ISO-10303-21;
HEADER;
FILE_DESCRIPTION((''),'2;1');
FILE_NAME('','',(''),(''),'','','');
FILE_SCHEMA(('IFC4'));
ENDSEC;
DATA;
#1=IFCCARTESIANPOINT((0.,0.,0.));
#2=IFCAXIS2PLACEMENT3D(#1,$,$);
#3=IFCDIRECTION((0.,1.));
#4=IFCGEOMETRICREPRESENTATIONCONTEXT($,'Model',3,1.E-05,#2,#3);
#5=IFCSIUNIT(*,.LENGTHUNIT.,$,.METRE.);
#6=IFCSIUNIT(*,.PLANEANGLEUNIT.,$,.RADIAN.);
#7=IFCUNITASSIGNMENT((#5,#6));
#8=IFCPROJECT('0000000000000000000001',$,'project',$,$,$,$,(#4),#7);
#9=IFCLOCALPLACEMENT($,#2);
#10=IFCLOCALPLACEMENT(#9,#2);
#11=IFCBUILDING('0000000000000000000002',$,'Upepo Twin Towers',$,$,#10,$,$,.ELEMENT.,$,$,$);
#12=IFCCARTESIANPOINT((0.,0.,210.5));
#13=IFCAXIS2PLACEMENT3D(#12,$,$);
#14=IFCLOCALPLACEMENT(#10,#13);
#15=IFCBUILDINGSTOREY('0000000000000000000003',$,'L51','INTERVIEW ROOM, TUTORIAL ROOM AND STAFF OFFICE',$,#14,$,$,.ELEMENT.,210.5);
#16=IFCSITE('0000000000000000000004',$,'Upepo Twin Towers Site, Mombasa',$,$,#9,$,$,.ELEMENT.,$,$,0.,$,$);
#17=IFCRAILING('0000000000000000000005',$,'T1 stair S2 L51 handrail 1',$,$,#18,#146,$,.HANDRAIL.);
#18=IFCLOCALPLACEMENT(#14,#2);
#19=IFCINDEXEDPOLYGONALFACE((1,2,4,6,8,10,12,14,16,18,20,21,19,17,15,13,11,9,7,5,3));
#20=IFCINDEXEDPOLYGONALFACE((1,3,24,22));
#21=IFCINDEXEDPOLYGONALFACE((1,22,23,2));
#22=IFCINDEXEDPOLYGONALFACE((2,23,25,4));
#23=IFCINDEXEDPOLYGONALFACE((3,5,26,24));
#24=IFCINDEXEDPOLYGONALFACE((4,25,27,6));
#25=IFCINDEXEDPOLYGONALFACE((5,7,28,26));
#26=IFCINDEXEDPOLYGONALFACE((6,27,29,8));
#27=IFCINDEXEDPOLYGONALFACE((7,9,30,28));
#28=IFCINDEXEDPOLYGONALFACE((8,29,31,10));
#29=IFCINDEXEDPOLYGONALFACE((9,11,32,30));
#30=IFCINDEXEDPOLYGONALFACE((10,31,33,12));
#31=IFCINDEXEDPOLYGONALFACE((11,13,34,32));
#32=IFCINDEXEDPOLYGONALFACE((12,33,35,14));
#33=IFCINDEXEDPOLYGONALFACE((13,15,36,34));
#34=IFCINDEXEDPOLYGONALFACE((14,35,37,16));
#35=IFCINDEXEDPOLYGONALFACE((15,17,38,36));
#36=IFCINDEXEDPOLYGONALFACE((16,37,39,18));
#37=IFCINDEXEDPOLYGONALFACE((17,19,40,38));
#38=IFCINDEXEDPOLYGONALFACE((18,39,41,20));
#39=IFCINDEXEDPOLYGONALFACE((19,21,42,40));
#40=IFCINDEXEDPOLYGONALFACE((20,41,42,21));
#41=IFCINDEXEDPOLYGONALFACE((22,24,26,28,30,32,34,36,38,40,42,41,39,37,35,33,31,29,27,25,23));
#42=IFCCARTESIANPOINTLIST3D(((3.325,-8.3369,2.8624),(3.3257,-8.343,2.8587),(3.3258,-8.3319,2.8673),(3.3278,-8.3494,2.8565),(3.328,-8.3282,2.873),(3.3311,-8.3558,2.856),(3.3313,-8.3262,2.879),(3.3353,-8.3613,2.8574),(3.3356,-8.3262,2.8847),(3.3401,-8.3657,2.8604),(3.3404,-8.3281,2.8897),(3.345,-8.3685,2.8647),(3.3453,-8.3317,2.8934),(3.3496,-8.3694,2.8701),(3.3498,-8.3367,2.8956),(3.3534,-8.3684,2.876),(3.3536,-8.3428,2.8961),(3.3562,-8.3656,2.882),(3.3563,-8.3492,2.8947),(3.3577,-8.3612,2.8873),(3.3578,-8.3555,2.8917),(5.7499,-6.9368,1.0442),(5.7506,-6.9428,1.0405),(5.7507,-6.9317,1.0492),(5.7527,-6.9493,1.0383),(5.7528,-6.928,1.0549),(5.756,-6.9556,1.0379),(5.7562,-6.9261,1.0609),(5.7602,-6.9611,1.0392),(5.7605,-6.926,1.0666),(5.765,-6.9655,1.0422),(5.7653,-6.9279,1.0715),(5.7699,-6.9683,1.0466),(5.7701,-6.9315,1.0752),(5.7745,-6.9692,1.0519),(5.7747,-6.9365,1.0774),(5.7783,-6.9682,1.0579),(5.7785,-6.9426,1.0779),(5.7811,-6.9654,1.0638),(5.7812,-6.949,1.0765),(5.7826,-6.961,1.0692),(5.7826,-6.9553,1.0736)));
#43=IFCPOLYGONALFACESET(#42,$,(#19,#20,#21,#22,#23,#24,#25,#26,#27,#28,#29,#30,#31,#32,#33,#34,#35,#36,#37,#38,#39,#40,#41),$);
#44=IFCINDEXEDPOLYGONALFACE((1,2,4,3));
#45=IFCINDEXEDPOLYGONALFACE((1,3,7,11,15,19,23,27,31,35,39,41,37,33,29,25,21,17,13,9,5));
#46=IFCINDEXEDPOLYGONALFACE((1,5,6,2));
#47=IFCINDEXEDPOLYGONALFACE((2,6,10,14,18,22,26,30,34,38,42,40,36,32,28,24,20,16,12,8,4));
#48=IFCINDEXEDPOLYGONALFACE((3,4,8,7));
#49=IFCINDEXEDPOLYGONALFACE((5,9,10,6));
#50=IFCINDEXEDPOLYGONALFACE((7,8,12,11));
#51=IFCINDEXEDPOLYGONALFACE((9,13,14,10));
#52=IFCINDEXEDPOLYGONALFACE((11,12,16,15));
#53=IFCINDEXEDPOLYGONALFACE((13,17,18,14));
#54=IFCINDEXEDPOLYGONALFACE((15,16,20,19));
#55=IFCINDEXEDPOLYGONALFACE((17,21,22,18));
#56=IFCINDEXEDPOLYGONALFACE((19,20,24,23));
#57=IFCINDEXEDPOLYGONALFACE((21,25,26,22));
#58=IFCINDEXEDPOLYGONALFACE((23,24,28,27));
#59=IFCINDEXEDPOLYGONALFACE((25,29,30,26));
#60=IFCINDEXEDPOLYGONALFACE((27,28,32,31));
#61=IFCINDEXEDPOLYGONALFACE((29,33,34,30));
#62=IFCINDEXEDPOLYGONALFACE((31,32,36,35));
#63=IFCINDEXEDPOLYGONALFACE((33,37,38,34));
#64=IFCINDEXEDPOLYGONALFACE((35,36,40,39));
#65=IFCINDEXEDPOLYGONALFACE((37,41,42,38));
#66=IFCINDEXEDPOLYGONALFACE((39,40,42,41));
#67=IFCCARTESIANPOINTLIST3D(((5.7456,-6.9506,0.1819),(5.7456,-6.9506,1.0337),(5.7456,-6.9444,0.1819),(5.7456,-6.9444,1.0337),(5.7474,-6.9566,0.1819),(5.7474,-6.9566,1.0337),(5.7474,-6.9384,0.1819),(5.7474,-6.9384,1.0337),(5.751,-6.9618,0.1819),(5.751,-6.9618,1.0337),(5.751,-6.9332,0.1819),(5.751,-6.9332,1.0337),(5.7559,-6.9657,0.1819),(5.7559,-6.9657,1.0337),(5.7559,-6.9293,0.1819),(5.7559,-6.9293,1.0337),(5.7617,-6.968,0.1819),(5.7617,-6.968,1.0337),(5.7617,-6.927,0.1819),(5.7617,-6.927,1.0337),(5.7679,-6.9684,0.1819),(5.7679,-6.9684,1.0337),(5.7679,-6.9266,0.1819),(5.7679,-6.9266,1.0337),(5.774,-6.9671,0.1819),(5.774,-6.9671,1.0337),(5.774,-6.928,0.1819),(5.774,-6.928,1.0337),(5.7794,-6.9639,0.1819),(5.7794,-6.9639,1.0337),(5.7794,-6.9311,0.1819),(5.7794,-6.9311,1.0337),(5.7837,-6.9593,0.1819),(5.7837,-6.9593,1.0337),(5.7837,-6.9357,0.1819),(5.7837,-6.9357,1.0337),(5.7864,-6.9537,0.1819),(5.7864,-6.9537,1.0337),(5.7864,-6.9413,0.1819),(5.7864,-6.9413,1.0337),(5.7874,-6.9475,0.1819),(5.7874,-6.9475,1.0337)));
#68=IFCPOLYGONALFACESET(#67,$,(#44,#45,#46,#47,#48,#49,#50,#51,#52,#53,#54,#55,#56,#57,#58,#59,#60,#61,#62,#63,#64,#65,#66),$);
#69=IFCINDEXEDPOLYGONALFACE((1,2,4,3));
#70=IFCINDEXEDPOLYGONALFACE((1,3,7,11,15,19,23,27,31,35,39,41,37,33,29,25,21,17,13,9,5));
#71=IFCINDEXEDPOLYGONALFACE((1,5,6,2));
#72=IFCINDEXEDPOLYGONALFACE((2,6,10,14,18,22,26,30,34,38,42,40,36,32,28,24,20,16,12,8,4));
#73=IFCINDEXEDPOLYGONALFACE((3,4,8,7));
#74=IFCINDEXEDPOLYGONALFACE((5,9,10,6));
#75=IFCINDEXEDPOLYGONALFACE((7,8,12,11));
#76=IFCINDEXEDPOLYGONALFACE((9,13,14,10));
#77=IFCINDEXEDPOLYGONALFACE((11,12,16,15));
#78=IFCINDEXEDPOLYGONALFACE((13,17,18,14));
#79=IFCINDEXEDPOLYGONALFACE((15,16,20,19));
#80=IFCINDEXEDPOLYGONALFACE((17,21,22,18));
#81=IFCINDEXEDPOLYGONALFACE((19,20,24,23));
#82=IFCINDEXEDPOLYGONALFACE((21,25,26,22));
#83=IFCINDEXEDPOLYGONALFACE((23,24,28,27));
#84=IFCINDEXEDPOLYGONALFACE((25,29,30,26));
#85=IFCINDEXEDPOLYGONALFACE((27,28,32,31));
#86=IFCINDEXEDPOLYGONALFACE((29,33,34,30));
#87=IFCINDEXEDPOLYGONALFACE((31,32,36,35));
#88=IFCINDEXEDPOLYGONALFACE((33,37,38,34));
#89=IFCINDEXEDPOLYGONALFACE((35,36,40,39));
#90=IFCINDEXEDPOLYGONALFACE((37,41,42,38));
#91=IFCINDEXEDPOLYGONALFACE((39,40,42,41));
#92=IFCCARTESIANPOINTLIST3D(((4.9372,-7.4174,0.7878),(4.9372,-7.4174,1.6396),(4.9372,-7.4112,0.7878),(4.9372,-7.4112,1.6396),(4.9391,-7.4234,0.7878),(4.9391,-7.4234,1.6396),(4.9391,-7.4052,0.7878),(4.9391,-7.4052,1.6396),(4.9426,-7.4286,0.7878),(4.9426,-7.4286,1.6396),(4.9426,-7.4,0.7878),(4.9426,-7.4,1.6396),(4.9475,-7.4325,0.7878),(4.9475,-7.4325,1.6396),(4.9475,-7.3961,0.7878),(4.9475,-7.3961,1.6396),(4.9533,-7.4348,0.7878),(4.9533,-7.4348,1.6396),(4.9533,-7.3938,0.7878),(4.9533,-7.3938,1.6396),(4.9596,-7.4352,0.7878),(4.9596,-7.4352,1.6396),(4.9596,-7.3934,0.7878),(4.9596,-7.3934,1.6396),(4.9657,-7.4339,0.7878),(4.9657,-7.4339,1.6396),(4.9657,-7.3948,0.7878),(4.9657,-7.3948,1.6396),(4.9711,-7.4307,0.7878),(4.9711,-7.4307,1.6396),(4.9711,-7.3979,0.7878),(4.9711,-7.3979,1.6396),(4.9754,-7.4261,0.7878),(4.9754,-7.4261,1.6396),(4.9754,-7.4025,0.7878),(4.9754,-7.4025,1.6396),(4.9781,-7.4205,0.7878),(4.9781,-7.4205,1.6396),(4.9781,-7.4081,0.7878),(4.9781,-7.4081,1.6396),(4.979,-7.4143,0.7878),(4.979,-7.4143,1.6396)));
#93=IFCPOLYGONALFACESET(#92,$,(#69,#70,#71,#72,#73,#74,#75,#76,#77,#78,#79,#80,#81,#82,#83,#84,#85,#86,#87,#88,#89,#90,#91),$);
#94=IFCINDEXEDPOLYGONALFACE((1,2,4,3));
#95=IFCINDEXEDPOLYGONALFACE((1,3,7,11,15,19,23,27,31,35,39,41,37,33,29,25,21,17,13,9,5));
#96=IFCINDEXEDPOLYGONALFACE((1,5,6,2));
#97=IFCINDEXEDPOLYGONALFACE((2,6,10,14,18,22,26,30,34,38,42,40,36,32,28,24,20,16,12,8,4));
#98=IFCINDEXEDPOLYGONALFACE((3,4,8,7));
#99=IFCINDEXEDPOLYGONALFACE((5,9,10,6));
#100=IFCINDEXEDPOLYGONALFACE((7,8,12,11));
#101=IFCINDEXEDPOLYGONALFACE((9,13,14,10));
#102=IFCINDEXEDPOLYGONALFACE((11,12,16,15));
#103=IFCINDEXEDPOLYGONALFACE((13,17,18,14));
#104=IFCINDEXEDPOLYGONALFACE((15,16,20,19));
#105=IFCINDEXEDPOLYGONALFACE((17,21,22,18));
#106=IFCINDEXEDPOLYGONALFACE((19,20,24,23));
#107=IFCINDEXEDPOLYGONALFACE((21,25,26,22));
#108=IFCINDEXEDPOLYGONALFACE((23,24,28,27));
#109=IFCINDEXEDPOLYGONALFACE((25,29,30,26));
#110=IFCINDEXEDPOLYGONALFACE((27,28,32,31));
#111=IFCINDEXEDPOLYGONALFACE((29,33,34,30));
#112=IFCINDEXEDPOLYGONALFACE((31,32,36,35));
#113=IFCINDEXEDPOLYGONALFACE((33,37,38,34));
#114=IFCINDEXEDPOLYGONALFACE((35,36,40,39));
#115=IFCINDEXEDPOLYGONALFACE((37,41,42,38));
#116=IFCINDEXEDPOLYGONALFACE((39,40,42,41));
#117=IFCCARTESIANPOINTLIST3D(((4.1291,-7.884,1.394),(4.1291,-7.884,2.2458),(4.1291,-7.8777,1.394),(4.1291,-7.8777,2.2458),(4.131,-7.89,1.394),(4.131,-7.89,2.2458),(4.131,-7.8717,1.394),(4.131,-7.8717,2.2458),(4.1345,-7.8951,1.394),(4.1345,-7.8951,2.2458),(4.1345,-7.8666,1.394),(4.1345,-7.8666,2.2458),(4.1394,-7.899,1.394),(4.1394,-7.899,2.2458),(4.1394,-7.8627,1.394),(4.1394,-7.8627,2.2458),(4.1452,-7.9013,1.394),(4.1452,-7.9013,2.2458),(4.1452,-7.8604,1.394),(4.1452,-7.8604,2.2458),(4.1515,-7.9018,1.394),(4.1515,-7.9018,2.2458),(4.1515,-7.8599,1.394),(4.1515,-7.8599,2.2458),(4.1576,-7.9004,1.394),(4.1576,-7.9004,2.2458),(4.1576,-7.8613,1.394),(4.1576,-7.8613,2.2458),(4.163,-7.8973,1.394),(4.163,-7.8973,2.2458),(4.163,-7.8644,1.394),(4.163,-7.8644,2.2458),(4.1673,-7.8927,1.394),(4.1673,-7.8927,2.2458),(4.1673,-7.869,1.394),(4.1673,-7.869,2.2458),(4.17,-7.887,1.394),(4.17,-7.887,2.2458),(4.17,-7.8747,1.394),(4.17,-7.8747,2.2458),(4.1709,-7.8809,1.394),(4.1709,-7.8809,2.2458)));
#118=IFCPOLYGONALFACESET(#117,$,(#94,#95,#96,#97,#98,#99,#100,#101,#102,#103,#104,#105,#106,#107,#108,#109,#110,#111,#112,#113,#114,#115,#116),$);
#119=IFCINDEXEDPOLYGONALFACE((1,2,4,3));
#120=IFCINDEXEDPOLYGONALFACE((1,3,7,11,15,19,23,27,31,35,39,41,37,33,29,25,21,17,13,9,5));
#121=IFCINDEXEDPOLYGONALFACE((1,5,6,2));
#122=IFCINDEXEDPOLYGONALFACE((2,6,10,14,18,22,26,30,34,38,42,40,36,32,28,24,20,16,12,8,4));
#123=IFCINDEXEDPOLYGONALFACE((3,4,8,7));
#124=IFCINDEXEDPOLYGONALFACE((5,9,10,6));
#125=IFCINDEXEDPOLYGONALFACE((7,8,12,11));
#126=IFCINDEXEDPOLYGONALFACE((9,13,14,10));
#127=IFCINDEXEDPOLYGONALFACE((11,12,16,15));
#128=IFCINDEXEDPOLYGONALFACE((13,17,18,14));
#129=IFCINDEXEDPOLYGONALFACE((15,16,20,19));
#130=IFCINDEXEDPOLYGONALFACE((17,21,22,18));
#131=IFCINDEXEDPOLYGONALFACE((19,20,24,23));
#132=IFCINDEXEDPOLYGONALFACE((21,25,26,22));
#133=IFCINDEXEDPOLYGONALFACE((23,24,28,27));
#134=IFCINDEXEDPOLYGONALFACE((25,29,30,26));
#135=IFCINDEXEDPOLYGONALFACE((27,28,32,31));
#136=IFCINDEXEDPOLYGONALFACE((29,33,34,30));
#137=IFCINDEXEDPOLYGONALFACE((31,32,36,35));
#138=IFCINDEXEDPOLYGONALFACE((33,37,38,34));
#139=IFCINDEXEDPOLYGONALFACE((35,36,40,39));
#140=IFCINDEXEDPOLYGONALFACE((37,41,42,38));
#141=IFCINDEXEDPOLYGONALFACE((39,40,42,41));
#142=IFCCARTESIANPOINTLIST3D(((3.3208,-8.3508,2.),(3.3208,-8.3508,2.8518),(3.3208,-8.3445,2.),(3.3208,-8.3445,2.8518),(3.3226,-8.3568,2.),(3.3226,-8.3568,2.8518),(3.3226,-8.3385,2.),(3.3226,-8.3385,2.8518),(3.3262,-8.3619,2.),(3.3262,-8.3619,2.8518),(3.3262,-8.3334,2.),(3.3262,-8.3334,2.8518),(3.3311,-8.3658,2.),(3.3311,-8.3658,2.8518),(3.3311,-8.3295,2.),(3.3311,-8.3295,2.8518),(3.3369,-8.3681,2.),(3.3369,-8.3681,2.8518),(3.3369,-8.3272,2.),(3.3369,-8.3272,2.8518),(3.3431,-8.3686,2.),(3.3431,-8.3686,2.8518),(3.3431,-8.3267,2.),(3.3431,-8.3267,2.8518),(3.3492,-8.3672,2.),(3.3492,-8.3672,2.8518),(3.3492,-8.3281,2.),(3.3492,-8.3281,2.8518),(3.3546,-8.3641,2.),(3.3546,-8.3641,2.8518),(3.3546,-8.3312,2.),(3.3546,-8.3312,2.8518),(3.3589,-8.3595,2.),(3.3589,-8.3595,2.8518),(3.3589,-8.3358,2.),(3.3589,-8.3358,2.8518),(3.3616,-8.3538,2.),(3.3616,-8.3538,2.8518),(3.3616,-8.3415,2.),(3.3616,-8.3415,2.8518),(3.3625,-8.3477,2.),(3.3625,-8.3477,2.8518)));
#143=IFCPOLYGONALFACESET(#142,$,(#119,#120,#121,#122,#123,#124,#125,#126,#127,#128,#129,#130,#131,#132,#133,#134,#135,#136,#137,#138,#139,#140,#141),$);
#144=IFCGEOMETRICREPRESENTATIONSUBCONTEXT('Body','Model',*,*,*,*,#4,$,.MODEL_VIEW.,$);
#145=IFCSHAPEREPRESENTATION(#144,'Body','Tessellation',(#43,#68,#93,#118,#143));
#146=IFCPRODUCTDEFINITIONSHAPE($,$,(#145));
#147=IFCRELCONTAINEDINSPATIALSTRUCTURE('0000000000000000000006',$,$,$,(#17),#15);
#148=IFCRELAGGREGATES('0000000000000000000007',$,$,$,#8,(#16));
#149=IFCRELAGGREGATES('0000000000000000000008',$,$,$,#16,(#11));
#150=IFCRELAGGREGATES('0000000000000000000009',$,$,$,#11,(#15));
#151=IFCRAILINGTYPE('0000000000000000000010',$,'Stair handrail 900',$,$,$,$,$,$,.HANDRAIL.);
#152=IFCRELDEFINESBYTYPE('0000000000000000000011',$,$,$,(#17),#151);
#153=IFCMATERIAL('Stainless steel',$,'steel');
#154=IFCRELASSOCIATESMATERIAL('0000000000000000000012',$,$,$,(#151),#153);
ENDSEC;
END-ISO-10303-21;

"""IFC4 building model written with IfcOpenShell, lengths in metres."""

from ifc_helpers import new_model, si_unit, direction, frame, origin, origin_2d, place, context, subcontext, project, spatial, circle, extrude, material, type_object, element, save


model = new_model("IFC4")

# Units and contexts
model_context = context("Model", 3, precision=1e-05, world=origin(), true_north=direction((0.0, 1.0)))
body_context = subcontext(model_context, "Body", "Model", "MODEL_VIEW")
ifc_project = project(units=[si_unit("LENGTHUNIT", "METRE"), si_unit("PLANEANGLEUNIT", "RADIAN")], contexts=[model_context])

# Site, building, storey
site_placement = place(None, origin())
site = spatial("IfcSite", under=ifc_project, at=site_placement, Name="Upepo Twin Towers Site, Mombasa", CompositionType="ELEMENT", RefElevation=0.0)
building_placement = place(site_placement, origin())
building = spatial("IfcBuilding", under=site, at=building_placement, Name="Upepo Twin Towers", CompositionType="ELEMENT")
storey_placement = place(building_placement, frame((0.0, 0.0, 210.5)))
storey = spatial("IfcBuildingStorey", under=building, at=storey_placement, Name="L51", Description="INTERVIEW ROOM, TUTORIAL ROOM AND STAFF OFFICE", CompositionType="ELEMENT", Elevation=210.5)

# Railing
ifc_material_1 = material(Name="Stainless steel", Category="steel")
railing_type = type_object("IfcRailingType", Name="Stair handrail 900", PredefinedType="HANDRAIL", material=ifc_material_1)
railing_1_placement = place(storey_placement, frame((5.7664, -6.9475, 0.1819)))
element("IfcRailing", 1, at=railing_1_placement, inside=storey, type_object=railing_type, Name="T1 stair S2 L51 handrail 1", PredefinedType="HANDRAIL", context=body_context, shape_type="SweptSolid", body=[
    extrude(circle(Radius=0.0239, at=origin_2d()), frame((0.0, 0.0, 0.876), z_axis=(-0.726314, -0.419393, 0.544589), x_axis=(0.50005, -0.865997, 0.0)), (0.0, 0.0, 1.0), 3.3386),
    extrude(circle(Radius=0.021, at=origin_2d()), origin(), (0.0, 0.0, 1.0), 0.8518),
    extrude(circle(Radius=0.021, at=origin_2d()), frame((-0.8083, -0.4668, 0.606)), (0.0, 0.0, 1.0), 0.8518),
    extrude(circle(Radius=0.021, at=origin_2d()), frame((-1.6165, -0.9333, 1.2122)), (0.0, 0.0, 1.0), 0.8518),
    extrude(circle(Radius=0.021, at=origin_2d()), frame((-2.4248, -1.4001, 1.8181)), (0.0, 0.0, 1.0), 0.8518),
])

save(model, "model.ifc")
